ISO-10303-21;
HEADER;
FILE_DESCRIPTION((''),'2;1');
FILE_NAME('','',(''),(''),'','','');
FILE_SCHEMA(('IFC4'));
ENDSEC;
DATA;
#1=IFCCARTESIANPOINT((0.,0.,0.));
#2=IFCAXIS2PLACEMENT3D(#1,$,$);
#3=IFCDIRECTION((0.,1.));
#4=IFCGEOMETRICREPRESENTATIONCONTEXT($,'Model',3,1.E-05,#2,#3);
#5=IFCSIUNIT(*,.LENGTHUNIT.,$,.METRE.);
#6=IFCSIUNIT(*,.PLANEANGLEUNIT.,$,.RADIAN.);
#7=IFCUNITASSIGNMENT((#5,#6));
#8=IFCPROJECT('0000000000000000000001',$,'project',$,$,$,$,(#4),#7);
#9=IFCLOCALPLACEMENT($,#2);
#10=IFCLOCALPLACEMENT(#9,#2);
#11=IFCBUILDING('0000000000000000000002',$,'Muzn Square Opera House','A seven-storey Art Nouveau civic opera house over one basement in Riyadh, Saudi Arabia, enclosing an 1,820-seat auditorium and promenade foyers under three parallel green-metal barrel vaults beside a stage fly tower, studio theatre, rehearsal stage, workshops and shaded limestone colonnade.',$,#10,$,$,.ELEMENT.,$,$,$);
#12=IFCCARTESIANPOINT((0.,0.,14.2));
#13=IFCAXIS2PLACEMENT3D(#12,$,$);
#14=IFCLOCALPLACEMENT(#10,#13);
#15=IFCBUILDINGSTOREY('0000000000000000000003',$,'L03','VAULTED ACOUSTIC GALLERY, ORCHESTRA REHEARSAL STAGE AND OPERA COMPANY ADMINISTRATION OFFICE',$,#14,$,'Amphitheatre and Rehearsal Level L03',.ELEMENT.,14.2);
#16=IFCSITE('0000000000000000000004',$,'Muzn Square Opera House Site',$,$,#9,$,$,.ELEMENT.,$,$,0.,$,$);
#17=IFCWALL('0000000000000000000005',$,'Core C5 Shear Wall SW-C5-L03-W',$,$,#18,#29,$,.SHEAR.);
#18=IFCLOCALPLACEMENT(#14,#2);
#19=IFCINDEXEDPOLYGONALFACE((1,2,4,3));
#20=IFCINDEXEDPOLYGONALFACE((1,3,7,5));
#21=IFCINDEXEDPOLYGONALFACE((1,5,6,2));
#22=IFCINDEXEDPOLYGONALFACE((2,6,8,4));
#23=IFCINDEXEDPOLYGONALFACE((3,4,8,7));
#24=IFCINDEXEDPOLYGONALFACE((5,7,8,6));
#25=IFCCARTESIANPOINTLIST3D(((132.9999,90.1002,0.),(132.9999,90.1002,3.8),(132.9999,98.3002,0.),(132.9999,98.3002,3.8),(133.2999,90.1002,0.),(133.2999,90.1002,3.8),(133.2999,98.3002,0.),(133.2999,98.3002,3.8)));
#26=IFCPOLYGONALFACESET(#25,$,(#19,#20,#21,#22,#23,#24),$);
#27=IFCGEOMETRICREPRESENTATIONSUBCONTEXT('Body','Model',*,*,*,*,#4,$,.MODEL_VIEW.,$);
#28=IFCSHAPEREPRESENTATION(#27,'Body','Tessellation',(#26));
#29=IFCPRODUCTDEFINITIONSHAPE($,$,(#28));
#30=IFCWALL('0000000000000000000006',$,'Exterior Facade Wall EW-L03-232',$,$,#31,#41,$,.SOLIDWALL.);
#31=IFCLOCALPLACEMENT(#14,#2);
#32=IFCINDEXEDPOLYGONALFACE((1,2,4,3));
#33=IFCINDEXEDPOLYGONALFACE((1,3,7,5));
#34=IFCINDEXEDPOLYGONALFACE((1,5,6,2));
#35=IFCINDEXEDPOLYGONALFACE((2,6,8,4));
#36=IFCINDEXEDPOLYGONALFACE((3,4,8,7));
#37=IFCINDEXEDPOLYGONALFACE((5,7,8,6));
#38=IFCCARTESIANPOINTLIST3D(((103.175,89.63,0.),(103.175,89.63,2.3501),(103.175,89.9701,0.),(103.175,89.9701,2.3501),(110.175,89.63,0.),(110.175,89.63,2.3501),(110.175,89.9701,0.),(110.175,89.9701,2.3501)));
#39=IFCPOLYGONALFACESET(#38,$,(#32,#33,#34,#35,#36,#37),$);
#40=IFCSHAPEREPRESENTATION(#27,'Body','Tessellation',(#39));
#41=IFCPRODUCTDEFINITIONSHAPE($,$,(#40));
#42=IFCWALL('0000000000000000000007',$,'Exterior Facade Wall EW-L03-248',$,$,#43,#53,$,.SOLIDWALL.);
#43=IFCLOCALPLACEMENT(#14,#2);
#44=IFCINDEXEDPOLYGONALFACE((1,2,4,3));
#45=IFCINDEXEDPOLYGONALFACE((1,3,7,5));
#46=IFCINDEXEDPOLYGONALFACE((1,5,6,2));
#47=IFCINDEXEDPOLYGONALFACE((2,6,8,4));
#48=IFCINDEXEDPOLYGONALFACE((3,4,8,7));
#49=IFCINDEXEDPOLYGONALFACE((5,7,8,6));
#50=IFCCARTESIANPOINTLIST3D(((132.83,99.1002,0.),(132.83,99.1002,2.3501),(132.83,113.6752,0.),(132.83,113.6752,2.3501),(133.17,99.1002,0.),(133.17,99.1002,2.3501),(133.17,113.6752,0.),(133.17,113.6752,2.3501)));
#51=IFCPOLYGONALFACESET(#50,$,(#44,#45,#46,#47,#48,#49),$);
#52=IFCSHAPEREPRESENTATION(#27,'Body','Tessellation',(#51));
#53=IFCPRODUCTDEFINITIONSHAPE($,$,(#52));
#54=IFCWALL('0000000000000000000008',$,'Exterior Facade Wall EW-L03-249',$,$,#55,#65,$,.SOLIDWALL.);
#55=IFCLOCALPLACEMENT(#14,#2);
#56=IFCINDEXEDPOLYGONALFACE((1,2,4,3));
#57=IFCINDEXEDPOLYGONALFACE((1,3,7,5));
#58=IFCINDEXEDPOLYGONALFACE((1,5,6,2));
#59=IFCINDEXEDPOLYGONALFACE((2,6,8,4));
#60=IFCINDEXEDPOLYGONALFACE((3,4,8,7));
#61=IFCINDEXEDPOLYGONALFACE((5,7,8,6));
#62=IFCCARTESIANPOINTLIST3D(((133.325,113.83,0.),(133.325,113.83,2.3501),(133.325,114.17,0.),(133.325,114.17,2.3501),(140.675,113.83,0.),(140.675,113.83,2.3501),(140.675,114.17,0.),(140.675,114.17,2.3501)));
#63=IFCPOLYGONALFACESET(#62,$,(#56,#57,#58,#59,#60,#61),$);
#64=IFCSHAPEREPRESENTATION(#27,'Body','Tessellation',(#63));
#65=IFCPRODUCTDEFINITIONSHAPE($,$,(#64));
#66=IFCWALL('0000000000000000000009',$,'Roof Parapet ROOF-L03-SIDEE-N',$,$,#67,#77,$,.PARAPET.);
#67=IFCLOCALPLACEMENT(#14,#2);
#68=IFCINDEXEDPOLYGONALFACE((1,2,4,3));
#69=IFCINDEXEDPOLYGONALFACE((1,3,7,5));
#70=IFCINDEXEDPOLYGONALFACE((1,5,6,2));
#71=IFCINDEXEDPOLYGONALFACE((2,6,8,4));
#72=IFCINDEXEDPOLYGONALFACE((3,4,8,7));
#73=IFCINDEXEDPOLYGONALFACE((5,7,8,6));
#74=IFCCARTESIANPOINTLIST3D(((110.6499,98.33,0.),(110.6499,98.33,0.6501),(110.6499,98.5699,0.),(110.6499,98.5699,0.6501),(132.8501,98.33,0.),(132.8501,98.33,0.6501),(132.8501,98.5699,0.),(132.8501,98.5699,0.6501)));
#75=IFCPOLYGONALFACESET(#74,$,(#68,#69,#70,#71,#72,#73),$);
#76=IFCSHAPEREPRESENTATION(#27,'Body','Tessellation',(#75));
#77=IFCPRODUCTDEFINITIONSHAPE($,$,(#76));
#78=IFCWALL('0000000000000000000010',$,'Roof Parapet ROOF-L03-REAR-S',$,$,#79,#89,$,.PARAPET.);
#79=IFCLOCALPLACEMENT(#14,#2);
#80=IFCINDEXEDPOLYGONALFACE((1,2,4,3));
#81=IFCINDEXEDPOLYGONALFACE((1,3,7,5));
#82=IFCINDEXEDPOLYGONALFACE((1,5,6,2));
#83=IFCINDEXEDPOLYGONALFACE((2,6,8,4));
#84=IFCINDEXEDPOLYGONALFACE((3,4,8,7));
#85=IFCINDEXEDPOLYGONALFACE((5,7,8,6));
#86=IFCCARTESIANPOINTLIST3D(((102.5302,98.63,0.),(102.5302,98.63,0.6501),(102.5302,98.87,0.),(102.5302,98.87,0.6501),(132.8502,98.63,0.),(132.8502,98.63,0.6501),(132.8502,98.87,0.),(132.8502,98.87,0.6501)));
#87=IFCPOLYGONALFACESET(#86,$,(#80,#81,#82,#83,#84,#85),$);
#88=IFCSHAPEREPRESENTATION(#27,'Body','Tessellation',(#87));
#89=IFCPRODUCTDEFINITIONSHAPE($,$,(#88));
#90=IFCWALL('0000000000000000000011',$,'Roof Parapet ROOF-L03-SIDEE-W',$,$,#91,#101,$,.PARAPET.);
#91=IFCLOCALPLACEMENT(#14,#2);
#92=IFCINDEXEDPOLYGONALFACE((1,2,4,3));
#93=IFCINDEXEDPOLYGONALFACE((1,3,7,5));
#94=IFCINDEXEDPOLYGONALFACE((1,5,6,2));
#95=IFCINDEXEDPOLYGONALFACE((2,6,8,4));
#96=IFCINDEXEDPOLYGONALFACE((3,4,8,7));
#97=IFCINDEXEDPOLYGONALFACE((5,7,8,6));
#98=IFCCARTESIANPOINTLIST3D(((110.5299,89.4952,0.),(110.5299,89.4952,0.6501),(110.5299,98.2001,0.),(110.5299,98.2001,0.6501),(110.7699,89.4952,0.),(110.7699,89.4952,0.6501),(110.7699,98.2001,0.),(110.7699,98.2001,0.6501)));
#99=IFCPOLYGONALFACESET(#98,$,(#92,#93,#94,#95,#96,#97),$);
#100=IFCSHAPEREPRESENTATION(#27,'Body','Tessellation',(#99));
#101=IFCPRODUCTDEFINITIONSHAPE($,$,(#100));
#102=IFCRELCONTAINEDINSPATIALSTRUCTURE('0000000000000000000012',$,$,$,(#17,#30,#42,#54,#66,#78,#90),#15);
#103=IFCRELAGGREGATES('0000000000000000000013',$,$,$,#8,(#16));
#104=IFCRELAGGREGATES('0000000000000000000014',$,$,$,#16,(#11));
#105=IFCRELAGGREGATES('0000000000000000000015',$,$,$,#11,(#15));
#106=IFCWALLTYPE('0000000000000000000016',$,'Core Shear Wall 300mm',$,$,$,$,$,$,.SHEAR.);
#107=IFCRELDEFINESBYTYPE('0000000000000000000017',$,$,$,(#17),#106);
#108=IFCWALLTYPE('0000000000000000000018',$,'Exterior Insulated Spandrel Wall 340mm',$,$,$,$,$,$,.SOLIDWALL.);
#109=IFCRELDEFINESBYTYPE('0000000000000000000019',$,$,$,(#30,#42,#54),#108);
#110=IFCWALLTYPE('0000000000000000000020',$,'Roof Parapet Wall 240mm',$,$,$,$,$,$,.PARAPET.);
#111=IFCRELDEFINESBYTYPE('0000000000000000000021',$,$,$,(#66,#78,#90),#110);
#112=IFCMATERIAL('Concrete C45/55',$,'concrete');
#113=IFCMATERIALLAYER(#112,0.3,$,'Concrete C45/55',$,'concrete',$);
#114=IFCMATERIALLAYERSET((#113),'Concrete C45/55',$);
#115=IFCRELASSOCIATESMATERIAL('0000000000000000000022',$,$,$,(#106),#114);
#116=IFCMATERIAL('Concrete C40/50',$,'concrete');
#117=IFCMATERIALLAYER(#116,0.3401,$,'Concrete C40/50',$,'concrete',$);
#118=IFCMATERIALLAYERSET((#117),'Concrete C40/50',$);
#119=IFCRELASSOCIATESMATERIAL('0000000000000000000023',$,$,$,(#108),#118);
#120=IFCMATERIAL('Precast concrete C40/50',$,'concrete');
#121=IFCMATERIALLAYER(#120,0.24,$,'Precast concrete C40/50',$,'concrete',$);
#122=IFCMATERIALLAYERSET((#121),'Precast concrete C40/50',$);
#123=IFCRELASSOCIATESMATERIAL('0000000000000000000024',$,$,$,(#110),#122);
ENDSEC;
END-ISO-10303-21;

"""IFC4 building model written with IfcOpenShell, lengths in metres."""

from ifc_helpers import new_model, si_unit, direction, frame, frame_2d, origin, place, context, subcontext, project, spatial, rectangle, extrude, material, layer, layer_set, type_object, element, save


model = new_model("IFC4")

# Units and contexts
model_context = context("Model", 3, precision=1e-05, world=origin(), true_north=direction((0.0, 1.0)))
body_context = subcontext(model_context, "Body", "Model", "MODEL_VIEW")
ifc_project = project(units=[si_unit("LENGTHUNIT", "METRE"), si_unit("PLANEANGLEUNIT", "RADIAN")], contexts=[model_context])

# Site, building, storey
site_placement = place(None, origin())
site = spatial("IfcSite", under=ifc_project, at=site_placement, Name="Muzn Square Opera House Site", CompositionType="ELEMENT", RefElevation=0.0)
building_placement = place(site_placement, origin())
building = spatial("IfcBuilding", under=site, at=building_placement, Name="Muzn Square Opera House", Description="A seven-storey Art Nouveau civic opera house over one basement in Riyadh, Saudi Arabia, enclosing an 1,820-seat auditorium and promenade foyers under three parallel green-metal barrel vaults beside a stage fly tower, studio theatre, rehearsal stage, workshops and shaded limestone colonnade.", CompositionType="ELEMENT")
storey_placement = place(building_placement, frame((0.0, 0.0, 14.2)))
storey = spatial("IfcBuildingStorey", under=building, at=storey_placement, Name="L03", Description="VAULTED ACOUSTIC GALLERY, ORCHESTRA REHEARSAL STAGE AND OPERA COMPANY ADMINISTRATION OFFICE", LongName="Amphitheatre and Rehearsal Level L03", CompositionType="ELEMENT", Elevation=14.2)

# Shared definitions
ifc_material_1 = material(Name="Concrete C45/55", Category="concrete")

# Shared definitions
ifc_material_2 = material(Name="Concrete C40/50", Category="concrete")

# Wall
ifc_layer_1 = layer(ifc_material_1, 0.3, Name="Concrete C45/55", Category="concrete")
ifc_layer_set_1 = layer_set([ifc_layer_1], Name="Concrete C45/55")
wall_type_1 = type_object("IfcWallType", Name="Core Shear Wall 300mm", PredefinedType="SHEAR", material=ifc_layer_set_1)
wall_1_placement = place(storey_placement, frame((133.1499, 90.1001, 0.0), z_axis=(0.0, 0.0, 1.0), x_axis=(0.0, 1.0, 0.0)))
element("IfcWall", 1, at=wall_1_placement, inside=storey, type_object=wall_type_1, Name="Core C5 Shear Wall SW-C5-L03-W", PredefinedType="SHEAR", context=body_context, shape_type="SweptSolid", body=[
    extrude(rectangle(XDim=8.2, YDim=0.3, at=frame_2d((4.1001, 0.0))), origin(), (0.0, 0.0, 1.0), 3.8),
])

# Walls
ifc_layer_2 = layer(ifc_material_2, 0.3401, Name="Concrete C40/50", Category="concrete")
ifc_layer_set_2 = layer_set([ifc_layer_2], Name="Concrete C40/50")
wall_type_2 = type_object("IfcWallType", Name="Exterior Insulated Spandrel Wall 340mm", PredefinedType="SOLIDWALL", material=ifc_layer_set_2)
wall_2_placement = place(storey_placement, frame((103.175, 89.8, 0.0), z_axis=(0.0, 0.0, 1.0), x_axis=(1.0, 0.0, 0.0)))
element("IfcWall", 2, at=wall_2_placement, inside=storey, type_object=wall_type_2, Name="Exterior Facade Wall EW-L03-232", PredefinedType="SOLIDWALL", context=body_context, shape_type="SweptSolid", body=[
    extrude(rectangle(XDim=7.0, YDim=0.3401, at=frame_2d((3.5, 0.0))), origin(), (0.0, 0.0, 1.0), 2.3501),
])
wall_3_placement = place(storey_placement, frame((133.0, 99.1001, 0.0), z_axis=(0.0, 0.0, 1.0), x_axis=(0.0, 1.0, 0.0)))
element("IfcWall", 3, at=wall_3_placement, inside=storey, type_object=wall_type_2, Name="Exterior Facade Wall EW-L03-248", PredefinedType="SOLIDWALL", context=body_context, shape_type="SweptSolid", body=[
    extrude(rectangle(XDim=14.575, YDim=0.3401, at=frame_2d((7.2876, 0.0))), origin(), (0.0, 0.0, 1.0), 2.3501),
])
wall_4_placement = place(storey_placement, frame((133.325, 114.0, 0.0), z_axis=(0.0, 0.0, 1.0), x_axis=(1.0, 0.0, 0.0)))
element("IfcWall", 4, at=wall_4_placement, inside=storey, type_object=wall_type_2, Name="Exterior Facade Wall EW-L03-249", PredefinedType="SOLIDWALL", context=body_context, shape_type="SweptSolid", body=[
    extrude(rectangle(XDim=7.3501, YDim=0.3401, at=frame_2d((3.675, 0.0))), origin(), (0.0, 0.0, 1.0), 2.3501),
])
ifc_material_3 = material(Name="Precast concrete C40/50", Category="concrete")
ifc_layer_3 = layer(ifc_material_3, 0.24, Name="Precast concrete C40/50", Category="concrete")
ifc_layer_set_3 = layer_set([ifc_layer_3], Name="Precast concrete C40/50")
wall_type_3 = type_object("IfcWallType", Name="Roof Parapet Wall 240mm", PredefinedType="PARAPET", material=ifc_layer_set_3)
wall_5_placement = place(storey_placement, frame((110.6499, 98.45, 0.0), z_axis=(0.0, 0.0, 1.0), x_axis=(1.0, 0.0, 0.0)))
element("IfcWall", 5, at=wall_5_placement, inside=storey, type_object=wall_type_3, Name="Roof Parapet ROOF-L03-SIDEE-N", PredefinedType="PARAPET", context=body_context, shape_type="SweptSolid", body=[
    extrude(rectangle(XDim=22.2002, YDim=0.24, at=frame_2d((11.1001, 0.0))), origin(), (0.0, 0.0, 1.0), 0.6501),
])
wall_6_placement = place(storey_placement, frame((102.53, 98.75, 0.0), z_axis=(0.0, 0.0, 1.0), x_axis=(1.0, 0.0, 0.0)))
element("IfcWall", 6, at=wall_6_placement, inside=storey, type_object=wall_type_3, Name="Roof Parapet ROOF-L03-REAR-S", PredefinedType="PARAPET", context=body_context, shape_type="SweptSolid", body=[
    extrude(rectangle(XDim=30.3201, YDim=0.24, at=frame_2d((15.1602, 0.0))), origin(), (0.0, 0.0, 1.0), 0.6501),
])
wall_7_placement = place(storey_placement, frame((110.6499, 89.4951, 0.0), z_axis=(0.0, 0.0, 1.0), x_axis=(0.0, 1.0, 0.0)))
element("IfcWall", 7, at=wall_7_placement, inside=storey, type_object=wall_type_3, Name="Roof Parapet ROOF-L03-SIDEE-W", PredefinedType="PARAPET", context=body_context, shape_type="SweptSolid", body=[
    extrude(rectangle(XDim=8.7048, YDim=0.24, at=frame_2d((4.3525, 0.0))), origin(), (0.0, 0.0, 1.0), 0.6501),
])

save(model, "model.ifc")
